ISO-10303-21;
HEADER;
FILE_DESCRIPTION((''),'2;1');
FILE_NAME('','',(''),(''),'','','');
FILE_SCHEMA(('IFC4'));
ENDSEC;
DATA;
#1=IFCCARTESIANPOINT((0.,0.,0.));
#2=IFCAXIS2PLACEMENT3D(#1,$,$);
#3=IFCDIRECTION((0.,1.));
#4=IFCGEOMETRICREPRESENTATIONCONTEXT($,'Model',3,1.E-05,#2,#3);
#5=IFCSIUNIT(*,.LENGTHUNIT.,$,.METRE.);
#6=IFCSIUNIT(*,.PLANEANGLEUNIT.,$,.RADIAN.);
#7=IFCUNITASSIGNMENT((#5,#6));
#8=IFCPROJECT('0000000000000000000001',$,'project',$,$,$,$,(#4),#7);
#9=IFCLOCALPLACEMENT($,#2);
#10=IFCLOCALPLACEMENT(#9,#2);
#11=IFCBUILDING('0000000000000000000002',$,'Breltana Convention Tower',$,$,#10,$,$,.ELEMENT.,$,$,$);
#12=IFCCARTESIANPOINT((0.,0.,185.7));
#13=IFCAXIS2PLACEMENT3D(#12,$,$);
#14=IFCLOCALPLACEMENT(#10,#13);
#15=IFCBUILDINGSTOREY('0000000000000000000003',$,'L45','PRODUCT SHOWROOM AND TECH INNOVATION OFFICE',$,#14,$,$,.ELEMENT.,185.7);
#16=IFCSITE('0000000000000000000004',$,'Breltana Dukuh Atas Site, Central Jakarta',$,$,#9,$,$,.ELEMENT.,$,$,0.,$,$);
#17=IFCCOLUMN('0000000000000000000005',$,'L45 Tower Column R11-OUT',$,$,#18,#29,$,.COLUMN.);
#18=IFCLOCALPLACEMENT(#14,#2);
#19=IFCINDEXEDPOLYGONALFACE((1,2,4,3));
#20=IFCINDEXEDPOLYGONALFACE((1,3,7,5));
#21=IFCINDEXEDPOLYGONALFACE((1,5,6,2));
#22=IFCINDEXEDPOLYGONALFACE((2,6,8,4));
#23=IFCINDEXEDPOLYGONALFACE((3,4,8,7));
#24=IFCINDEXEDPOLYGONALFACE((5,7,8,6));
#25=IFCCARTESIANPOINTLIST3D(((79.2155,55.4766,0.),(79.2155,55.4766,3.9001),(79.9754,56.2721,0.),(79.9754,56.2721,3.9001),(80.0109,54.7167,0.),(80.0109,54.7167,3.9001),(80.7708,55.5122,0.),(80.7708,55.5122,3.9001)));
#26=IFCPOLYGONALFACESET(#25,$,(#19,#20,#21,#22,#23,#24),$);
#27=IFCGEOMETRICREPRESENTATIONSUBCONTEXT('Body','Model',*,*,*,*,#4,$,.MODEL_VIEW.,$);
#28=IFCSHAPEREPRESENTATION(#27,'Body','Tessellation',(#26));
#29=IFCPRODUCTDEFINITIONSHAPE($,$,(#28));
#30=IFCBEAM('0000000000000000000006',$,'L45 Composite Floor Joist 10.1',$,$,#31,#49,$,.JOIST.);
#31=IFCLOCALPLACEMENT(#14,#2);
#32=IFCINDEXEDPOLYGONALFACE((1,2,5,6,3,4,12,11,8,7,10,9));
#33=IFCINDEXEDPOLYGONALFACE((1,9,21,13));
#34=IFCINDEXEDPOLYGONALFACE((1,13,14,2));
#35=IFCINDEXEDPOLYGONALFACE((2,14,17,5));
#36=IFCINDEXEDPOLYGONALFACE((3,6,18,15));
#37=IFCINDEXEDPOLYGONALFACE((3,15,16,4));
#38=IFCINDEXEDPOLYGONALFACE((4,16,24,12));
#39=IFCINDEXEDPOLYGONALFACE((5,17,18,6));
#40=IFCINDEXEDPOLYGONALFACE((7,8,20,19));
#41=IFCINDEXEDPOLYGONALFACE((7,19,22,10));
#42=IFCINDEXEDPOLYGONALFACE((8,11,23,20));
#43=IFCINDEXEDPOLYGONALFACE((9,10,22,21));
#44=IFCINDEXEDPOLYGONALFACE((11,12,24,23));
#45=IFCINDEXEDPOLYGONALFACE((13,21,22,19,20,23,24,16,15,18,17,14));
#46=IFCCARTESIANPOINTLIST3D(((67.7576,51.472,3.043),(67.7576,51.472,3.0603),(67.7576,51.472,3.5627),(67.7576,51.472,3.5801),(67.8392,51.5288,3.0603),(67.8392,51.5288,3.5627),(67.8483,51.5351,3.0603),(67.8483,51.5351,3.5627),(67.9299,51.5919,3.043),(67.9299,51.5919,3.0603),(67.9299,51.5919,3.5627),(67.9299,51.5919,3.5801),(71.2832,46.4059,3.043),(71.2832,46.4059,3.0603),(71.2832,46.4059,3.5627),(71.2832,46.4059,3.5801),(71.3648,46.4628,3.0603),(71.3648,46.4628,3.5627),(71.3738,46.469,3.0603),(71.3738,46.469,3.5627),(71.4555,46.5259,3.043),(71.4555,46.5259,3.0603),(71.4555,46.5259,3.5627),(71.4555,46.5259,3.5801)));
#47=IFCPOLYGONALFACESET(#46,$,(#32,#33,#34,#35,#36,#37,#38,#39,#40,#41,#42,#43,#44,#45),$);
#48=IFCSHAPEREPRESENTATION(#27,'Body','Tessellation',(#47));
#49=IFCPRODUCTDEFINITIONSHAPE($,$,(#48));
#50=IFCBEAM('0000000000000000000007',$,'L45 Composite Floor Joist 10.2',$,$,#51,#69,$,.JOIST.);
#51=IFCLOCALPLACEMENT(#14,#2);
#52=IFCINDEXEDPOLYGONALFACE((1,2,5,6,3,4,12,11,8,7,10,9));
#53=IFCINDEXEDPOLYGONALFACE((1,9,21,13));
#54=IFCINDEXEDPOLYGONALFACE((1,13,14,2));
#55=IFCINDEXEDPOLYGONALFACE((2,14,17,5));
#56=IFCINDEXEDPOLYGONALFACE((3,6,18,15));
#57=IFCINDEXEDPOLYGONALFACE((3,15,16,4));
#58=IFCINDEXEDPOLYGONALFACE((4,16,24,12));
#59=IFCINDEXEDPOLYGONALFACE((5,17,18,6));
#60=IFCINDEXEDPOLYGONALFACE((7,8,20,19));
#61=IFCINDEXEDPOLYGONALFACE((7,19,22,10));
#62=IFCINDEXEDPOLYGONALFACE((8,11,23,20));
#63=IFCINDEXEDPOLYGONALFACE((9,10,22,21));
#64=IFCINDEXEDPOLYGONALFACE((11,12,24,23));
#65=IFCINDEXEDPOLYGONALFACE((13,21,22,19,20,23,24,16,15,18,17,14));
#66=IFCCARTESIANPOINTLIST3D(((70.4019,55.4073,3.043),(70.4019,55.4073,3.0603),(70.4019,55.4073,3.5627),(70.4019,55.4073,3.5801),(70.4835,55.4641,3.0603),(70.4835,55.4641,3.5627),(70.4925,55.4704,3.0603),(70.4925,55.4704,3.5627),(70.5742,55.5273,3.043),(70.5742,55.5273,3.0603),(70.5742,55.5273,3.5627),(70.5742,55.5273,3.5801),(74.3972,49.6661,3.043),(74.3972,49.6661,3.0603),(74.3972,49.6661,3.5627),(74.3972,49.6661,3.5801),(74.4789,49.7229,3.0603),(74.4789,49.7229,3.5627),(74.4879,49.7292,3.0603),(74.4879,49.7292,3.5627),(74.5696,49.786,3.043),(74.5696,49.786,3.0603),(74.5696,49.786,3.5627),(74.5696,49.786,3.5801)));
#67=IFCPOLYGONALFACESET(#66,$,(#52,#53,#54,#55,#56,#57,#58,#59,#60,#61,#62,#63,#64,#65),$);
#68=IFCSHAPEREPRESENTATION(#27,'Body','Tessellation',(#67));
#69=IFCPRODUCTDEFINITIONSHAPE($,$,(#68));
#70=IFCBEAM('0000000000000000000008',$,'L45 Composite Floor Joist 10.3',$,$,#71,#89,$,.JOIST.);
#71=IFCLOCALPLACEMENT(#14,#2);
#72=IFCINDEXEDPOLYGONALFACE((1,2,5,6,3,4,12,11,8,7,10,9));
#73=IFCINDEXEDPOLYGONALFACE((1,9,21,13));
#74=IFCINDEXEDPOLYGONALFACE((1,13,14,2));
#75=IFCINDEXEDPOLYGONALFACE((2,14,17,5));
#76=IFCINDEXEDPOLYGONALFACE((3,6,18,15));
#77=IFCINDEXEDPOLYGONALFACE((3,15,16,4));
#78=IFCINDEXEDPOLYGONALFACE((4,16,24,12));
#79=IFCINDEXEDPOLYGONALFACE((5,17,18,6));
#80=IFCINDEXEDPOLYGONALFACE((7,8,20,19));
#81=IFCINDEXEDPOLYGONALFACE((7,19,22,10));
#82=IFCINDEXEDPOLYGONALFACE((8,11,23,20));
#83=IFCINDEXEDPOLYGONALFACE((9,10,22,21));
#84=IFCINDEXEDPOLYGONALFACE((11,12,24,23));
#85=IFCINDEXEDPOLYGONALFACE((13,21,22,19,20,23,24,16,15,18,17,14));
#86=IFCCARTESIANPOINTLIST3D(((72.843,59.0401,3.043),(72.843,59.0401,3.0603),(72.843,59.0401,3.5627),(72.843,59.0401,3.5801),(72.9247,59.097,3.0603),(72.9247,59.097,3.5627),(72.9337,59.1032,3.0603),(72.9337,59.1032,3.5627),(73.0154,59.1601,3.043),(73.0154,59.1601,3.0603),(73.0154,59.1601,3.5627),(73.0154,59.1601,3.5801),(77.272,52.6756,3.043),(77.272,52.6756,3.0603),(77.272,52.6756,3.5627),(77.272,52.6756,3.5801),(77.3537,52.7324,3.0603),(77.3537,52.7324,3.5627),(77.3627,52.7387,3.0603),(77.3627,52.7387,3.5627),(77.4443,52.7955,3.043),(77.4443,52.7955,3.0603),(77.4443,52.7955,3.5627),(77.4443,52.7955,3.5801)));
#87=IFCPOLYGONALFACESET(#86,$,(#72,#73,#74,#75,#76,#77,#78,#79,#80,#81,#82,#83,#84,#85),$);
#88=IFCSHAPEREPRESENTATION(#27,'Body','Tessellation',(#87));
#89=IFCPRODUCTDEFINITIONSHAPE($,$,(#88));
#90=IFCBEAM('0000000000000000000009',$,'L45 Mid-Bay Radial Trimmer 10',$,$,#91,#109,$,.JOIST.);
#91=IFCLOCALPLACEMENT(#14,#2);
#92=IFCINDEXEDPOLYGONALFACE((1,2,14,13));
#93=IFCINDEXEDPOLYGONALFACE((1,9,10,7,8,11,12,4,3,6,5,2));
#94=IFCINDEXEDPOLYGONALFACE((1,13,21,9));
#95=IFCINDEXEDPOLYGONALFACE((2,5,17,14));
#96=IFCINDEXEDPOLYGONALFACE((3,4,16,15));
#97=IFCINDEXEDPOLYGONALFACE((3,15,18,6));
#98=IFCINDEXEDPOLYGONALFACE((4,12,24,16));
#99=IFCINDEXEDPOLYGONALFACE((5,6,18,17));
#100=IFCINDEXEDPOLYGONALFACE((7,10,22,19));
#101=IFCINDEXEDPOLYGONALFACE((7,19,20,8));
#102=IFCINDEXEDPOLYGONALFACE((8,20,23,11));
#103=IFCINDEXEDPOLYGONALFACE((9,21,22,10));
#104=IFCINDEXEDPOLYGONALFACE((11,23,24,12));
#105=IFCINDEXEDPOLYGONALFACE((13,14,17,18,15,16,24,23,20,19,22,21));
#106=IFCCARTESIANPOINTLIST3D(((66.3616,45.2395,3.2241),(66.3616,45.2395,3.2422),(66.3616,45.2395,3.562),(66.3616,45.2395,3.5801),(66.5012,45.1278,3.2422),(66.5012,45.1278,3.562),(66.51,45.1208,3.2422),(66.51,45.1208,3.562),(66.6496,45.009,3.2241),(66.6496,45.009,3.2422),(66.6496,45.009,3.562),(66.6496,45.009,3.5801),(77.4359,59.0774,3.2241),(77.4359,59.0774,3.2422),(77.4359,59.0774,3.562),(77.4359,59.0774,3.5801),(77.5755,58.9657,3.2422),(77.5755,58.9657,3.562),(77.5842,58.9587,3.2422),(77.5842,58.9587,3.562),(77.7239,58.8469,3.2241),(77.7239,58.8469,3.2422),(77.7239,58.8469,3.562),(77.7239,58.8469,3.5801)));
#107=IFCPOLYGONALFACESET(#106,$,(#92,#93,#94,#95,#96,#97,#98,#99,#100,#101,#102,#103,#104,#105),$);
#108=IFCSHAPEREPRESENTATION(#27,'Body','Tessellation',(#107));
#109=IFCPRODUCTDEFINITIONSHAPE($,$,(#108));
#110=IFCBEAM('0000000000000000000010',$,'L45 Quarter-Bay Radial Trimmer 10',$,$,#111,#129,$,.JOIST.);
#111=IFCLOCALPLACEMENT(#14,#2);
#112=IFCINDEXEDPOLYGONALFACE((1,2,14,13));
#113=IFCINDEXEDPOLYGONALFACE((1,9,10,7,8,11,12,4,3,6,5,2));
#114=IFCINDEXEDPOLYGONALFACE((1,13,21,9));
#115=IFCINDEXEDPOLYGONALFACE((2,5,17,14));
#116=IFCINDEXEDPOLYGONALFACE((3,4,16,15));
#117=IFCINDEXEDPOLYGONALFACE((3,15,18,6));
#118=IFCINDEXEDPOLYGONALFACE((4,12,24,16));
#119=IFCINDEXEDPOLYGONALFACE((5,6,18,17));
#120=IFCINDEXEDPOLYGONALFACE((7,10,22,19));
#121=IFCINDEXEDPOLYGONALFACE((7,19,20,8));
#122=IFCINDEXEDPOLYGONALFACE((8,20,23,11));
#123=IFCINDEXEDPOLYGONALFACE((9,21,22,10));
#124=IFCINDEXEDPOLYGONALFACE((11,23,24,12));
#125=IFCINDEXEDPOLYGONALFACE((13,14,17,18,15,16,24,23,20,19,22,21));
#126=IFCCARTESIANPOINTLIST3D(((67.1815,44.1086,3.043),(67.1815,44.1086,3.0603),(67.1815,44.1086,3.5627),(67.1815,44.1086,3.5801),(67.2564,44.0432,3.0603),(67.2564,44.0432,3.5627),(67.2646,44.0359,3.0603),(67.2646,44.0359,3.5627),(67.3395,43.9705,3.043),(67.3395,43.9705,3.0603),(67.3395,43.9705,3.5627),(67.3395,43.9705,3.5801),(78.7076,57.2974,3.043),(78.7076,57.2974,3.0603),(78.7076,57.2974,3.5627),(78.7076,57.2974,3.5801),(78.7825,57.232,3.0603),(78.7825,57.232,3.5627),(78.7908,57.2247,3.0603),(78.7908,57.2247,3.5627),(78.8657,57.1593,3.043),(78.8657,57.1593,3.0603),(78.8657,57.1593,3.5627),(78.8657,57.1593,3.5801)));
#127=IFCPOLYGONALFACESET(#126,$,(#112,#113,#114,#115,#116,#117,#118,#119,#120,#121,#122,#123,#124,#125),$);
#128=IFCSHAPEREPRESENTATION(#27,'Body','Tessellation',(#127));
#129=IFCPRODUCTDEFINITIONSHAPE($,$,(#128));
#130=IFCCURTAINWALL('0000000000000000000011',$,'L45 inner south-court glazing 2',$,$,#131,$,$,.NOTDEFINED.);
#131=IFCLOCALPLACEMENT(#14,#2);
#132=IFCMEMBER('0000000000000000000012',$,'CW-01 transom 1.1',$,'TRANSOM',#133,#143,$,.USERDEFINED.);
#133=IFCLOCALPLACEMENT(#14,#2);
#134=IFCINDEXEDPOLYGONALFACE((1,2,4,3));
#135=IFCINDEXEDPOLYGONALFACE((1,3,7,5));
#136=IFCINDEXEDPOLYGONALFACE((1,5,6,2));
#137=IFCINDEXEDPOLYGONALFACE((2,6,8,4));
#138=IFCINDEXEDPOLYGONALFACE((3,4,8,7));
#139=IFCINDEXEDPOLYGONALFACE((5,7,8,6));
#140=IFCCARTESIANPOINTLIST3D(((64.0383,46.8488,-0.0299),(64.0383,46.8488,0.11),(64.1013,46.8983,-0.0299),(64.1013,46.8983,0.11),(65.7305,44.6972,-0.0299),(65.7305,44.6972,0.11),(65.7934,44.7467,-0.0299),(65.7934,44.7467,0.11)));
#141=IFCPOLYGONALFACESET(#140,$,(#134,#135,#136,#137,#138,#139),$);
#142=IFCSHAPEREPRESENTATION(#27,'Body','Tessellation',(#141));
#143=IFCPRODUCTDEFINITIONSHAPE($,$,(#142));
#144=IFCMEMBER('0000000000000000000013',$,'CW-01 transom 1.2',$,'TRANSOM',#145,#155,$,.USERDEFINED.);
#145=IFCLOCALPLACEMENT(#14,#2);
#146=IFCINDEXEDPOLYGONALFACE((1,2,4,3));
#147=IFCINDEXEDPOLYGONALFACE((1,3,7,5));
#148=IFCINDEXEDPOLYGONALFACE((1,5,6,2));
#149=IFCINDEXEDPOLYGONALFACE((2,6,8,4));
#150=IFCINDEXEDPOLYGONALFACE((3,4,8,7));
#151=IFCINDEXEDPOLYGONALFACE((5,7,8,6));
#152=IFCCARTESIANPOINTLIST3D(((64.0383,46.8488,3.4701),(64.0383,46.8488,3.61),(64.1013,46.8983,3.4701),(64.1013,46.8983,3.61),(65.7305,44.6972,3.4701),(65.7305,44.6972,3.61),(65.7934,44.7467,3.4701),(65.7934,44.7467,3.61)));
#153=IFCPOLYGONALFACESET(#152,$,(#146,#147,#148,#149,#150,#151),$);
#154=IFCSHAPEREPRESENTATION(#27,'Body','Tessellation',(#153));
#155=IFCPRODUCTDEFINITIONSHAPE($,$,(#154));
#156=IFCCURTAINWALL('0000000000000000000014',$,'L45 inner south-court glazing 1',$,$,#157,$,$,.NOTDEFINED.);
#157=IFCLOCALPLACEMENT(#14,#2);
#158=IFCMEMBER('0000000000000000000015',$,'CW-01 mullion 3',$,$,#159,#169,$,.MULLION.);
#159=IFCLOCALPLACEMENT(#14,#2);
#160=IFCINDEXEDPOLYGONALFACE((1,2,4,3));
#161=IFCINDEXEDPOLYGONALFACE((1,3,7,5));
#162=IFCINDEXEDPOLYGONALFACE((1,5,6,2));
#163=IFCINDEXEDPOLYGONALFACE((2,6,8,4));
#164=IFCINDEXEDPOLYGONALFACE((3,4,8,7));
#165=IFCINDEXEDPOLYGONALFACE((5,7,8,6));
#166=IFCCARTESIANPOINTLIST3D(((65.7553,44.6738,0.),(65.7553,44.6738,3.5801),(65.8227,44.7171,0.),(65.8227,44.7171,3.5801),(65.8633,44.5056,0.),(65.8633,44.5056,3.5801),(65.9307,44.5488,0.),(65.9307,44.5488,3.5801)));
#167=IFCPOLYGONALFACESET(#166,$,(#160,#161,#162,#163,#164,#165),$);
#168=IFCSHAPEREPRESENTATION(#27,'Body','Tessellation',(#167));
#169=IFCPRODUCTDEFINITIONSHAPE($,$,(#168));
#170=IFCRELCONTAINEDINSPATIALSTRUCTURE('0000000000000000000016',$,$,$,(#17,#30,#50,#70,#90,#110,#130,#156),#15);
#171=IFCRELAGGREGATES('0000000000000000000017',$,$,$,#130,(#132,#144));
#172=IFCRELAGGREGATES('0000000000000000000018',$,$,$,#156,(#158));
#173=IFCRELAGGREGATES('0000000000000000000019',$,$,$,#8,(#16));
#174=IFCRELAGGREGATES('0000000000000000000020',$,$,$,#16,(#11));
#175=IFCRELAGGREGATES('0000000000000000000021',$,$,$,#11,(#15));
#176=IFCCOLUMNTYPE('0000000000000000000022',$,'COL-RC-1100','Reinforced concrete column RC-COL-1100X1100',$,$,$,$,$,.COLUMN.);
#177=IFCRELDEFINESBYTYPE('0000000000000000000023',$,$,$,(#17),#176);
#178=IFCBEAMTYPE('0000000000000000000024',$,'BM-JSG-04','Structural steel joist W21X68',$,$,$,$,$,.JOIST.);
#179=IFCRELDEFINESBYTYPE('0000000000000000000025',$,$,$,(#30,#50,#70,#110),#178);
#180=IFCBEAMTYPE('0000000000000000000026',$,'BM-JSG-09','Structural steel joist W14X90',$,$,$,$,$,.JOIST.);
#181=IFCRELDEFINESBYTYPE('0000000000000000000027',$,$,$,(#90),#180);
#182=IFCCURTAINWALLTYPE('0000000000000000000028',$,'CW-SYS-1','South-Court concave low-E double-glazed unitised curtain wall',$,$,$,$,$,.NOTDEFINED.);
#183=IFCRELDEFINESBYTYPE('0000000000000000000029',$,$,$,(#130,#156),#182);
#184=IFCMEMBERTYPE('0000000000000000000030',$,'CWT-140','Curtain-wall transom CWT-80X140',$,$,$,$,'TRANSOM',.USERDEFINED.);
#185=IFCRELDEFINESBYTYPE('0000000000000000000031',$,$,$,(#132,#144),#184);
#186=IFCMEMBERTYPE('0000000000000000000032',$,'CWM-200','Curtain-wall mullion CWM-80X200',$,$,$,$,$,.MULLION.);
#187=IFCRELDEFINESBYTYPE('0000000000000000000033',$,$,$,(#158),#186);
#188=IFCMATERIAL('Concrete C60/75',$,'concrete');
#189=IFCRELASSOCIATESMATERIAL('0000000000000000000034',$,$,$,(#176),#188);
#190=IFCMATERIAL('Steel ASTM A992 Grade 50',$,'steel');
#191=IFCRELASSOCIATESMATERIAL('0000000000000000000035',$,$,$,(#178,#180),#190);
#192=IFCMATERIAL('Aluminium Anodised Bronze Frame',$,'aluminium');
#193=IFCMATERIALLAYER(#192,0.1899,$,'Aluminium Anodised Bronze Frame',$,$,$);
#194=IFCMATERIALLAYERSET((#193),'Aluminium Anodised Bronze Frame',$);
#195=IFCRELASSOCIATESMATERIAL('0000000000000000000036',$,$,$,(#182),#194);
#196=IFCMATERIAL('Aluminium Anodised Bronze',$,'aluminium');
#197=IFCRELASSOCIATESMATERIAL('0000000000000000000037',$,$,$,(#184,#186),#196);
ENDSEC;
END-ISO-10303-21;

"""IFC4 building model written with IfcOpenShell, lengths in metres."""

from ifc_helpers import new_model, si_unit, direction, frame, origin, origin_2d, place, context, subcontext, project, spatial, rectangle, i_section, extrude, source, transform, mapped, material, layer, layer_set, material_profile, profile_set, type_object, element, aggregate, save


model = new_model("IFC4")

# Units and contexts
model_context = context("Model", 3, precision=1e-05, world=origin(), true_north=direction((0.0, 1.0)))
body_context = subcontext(model_context, "Body", "Model", "MODEL_VIEW")
ifc_project = project(units=[si_unit("LENGTHUNIT", "METRE"), si_unit("PLANEANGLEUNIT", "RADIAN")], contexts=[model_context])

# Site, building, storey
site_placement = place(None, origin())
site = spatial("IfcSite", under=ifc_project, at=site_placement, Name="Breltana Dukuh Atas Site, Central Jakarta", CompositionType="ELEMENT", RefElevation=0.0)
building_placement = place(site_placement, origin())
building = spatial("IfcBuilding", under=site, at=building_placement, Name="Breltana Convention Tower", CompositionType="ELEMENT")
storey_placement = place(building_placement, frame((0.0, 0.0, 185.7)))
storey = spatial("IfcBuildingStorey", under=building, at=storey_placement, Name="L45", Description="PRODUCT SHOWROOM AND TECH INNOVATION OFFICE", CompositionType="ELEMENT", Elevation=185.7)

# Column
ifc_material_1 = material(Name="Concrete C60/75", Category="concrete")
ifc_material_profile_1 = material_profile(ifc_material_1, rectangle(XDim=1.1001, YDim=1.1001, at=origin_2d()), Name="RC-COL-1100X1100")
ifc_profile_set_1 = profile_set([ifc_material_profile_1], Name="Concrete C60/75")
column_type = type_object("IfcColumnType", Name="COL-RC-1100", Description="Reinforced concrete column RC-COL-1100X1100", PredefinedType="COLUMN", material=ifc_profile_set_1)
shared_shape_1 = source(origin(), body_context, "Body", "SweptSolid", [
    extrude(rectangle(XDim=1.1001, YDim=1.1001, at=origin_2d()), origin(), (0.0, 0.0, 1.0), 3.9001),
])
column_placement = place(storey_placement, frame((79.9932, 55.4944, 0.0), z_axis=(0.0, 0.0, 1.0), x_axis=(0.690756, 0.723088, 0.0)))
element("IfcColumn", 1, at=column_placement, inside=storey, type_object=column_type, Name="L45 Tower Column R11-OUT", PredefinedType="COLUMN", context=body_context, shape_type="MappedRepresentation", body=[
    mapped(shared_shape_1, transform((0.0, 0.0, 0.0), scale=1.0)),
])

# Beams
ifc_material_2 = material(Name="Steel ASTM A992 Grade 50", Category="steel")
ifc_material_profile_2 = material_profile(ifc_material_2, i_section(OverallWidth=0.21, OverallDepth=0.5371, WebThickness=0.011, FlangeThickness=0.0173, at=origin_2d()), Name="W21X68")
ifc_profile_set_2 = profile_set([ifc_material_profile_2], Name="Steel ASTM A992 Grade 50")
beam_type_1 = type_object("IfcBeamType", Name="BM-JSG-04", Description="Structural steel joist W21X68", PredefinedType="JOIST", material=ifc_profile_set_2)
shared_shape_2 = source(origin(), body_context, "Body", "SweptSolid", [
    extrude(i_section(OverallWidth=0.21, OverallDepth=0.5371, WebThickness=0.011, FlangeThickness=0.0173, at=origin_2d()), origin(), (0.0, 0.0, 1.0), 6.1721),
])
beam_1_placement = place(storey_placement, frame((67.8438, 51.532, 3.3115), z_axis=(0.571212, -0.820803, 0.0), x_axis=(0.820803, 0.571212, 0.0)))
element("IfcBeam", 2, at=beam_1_placement, inside=storey, type_object=beam_type_1, Name="L45 Composite Floor Joist 10.1", PredefinedType="JOIST", context=body_context, shape_type="MappedRepresentation", body=[
    mapped(shared_shape_2, transform((0.0, 0.0, 0.0), scale=1.0)),
])
shared_shape_3 = source(origin(), body_context, "Body", "SweptSolid", [
    extrude(i_section(OverallWidth=0.21, OverallDepth=0.5371, WebThickness=0.011, FlangeThickness=0.0173, at=origin_2d()), origin(), (0.0, 0.0, 1.0), 6.9946),
])
beam_2_placement = place(storey_placement, frame((70.488, 55.4673, 3.3115), z_axis=(0.571207, -0.820806, 0.0), x_axis=(0.820806, 0.571207, 0.0)))
element("IfcBeam", 3, at=beam_2_placement, inside=storey, type_object=beam_type_1, Name="L45 Composite Floor Joist 10.2", PredefinedType="JOIST", context=body_context, shape_type="MappedRepresentation", body=[
    mapped(shared_shape_3, transform((0.0, 0.0, 0.0), scale=1.0)),
])
shared_shape_4 = source(origin(), body_context, "Body", "SweptSolid", [
    extrude(i_section(OverallWidth=0.21, OverallDepth=0.5371, WebThickness=0.011, FlangeThickness=0.0173, at=origin_2d()), origin(), (0.0, 0.0, 1.0), 7.7539),
])
beam_3_placement = place(storey_placement, frame((72.9292, 59.1001, 3.3115), z_axis=(0.571193, -0.820816, 0.0), x_axis=(0.820816, 0.571193, 0.0)))
element("IfcBeam", 4, at=beam_3_placement, inside=storey, type_object=beam_type_1, Name="L45 Composite Floor Joist 10.3", PredefinedType="JOIST", context=body_context, shape_type="MappedRepresentation", body=[
    mapped(shared_shape_4, transform((0.0, 0.0, 0.0), scale=1.0)),
])
ifc_material_profile_3 = material_profile(ifc_material_2, i_section(OverallWidth=0.3689, OverallDepth=0.356, WebThickness=0.0112, FlangeThickness=0.0181, at=origin_2d()), Name="W14X90")
ifc_profile_set_3 = profile_set([ifc_material_profile_3], Name="Steel ASTM A992 Grade 50")
beam_type_2 = type_object("IfcBeamType", Name="BM-JSG-09", Description="Structural steel joist W14X90", PredefinedType="JOIST", material=ifc_profile_set_3)
shared_shape_5 = source(origin(), body_context, "Body", "SweptSolid", [
    extrude(i_section(OverallWidth=0.3689, OverallDepth=0.356, WebThickness=0.0112, FlangeThickness=0.0181, at=origin_2d()), origin(), (0.0, 0.0, 1.0), 17.7236),
])
beam_4_placement = place(storey_placement, frame((66.5056, 45.1243, 3.4021), z_axis=(0.624829, 0.780761, 0.0), x_axis=(-0.780761, 0.624829, 0.0)))
element("IfcBeam", 5, at=beam_4_placement, inside=storey, type_object=beam_type_2, Name="L45 Mid-Bay Radial Trimmer 10", PredefinedType="JOIST", context=body_context, shape_type="MappedRepresentation", body=[
    mapped(shared_shape_5, transform((0.0, 0.0, 0.0), scale=1.0)),
])
shared_shape_6 = source(origin(), body_context, "Body", "SweptSolid", [
    extrude(i_section(OverallWidth=0.21, OverallDepth=0.5371, WebThickness=0.011, FlangeThickness=0.0173, at=origin_2d()), origin(), (0.0, 0.0, 1.0), 17.5156),
])
beam_5_placement = place(storey_placement, frame((67.2605, 44.0396, 3.3115), z_axis=(0.658052, 0.752973, 0.0), x_axis=(-0.752973, 0.658052, 0.0)))
element("IfcBeam", 6, at=beam_5_placement, inside=storey, type_object=beam_type_1, Name="L45 Quarter-Bay Radial Trimmer 10", PredefinedType="JOIST", context=body_context, shape_type="MappedRepresentation", body=[
    mapped(shared_shape_6, transform((0.0, 0.0, 0.0), scale=1.0)),
])

# Curtain wall, members
ifc_material_3 = material(Name="Aluminium Anodised Bronze Frame", Category="aluminium")
ifc_layer_1 = layer(ifc_material_3, 0.1899, Name="Aluminium Anodised Bronze Frame")
ifc_layer_set_1 = layer_set([ifc_layer_1], Name="Aluminium Anodised Bronze Frame")
curtain_wall_type_1 = type_object("IfcCurtainWallType", Name="CW-SYS-1", Description="South-Court concave low-E double-glazed unitised curtain wall", PredefinedType="NOTDEFINED", material=ifc_layer_set_1)
curtain_wall_1_placement = place(storey_placement, origin())
curtain_wall_1 = element("IfcCurtainWall", 7, at=curtain_wall_1_placement, inside=storey, type_object=curtain_wall_type_1, Name="L45 inner south-court glazing 2", PredefinedType="NOTDEFINED")
ifc_material_4 = material(Name="Aluminium Anodised Bronze", Category="aluminium")
ifc_material_profile_4 = material_profile(ifc_material_4, rectangle(XDim=0.0801, YDim=0.1399, at=origin_2d()), Name="CWT-80X140")
ifc_profile_set_4 = profile_set([ifc_material_profile_4], Name="Aluminium Anodised Bronze")
member_type_1 = type_object("IfcMemberType", Name="CWT-140", Description="Curtain-wall transom CWT-80X140", ElementType="TRANSOM", PredefinedType="USERDEFINED", material=ifc_profile_set_4)
shared_shape_7 = source(origin(), body_context, "Body", "SweptSolid", [
    extrude(rectangle(XDim=0.0801, YDim=0.1399, at=origin_2d()), origin(), (0.0, 0.0, 1.0), 2.7373),
])
member_1_placement = place(storey_placement, frame((65.762, 44.7219, 0.04), z_axis=(-0.61818, 0.786037, 0.0), x_axis=(-0.786037, -0.61818, 0.0)))
member_1 = element("IfcMember", 8, at=member_1_placement, type_object=member_type_1, Name="CW-01 transom 1.1", ObjectType="TRANSOM", PredefinedType="USERDEFINED", context=body_context, shape_type="MappedRepresentation", body=[
    mapped(shared_shape_7, transform((0.0, 0.0, 0.0), scale=1.0)),
])
member_2_placement = place(storey_placement, frame((65.762, 44.7219, 3.54), z_axis=(-0.61818, 0.786037, 0.0), x_axis=(-0.786037, -0.61818, 0.0)))
member_2 = element("IfcMember", 9, at=member_2_placement, type_object=member_type_1, Name="CW-01 transom 1.2", ObjectType="TRANSOM", PredefinedType="USERDEFINED", context=body_context, shape_type="MappedRepresentation", body=[
    mapped(shared_shape_7, transform((0.0, 0.0, 0.0), scale=1.0)),
])

# Curtain wall, member
curtain_wall_2_placement = place(storey_placement, origin())
curtain_wall_2 = element("IfcCurtainWall", 10, at=curtain_wall_2_placement, inside=storey, type_object=curtain_wall_type_1, Name="L45 inner south-court glazing 1", PredefinedType="NOTDEFINED")
ifc_material_profile_5 = material_profile(ifc_material_4, rectangle(XDim=0.0801, YDim=0.2, at=origin_2d()), Name="CWM-80X200")
ifc_profile_set_5 = profile_set([ifc_material_profile_5], Name="Aluminium Anodised Bronze")
member_type_2 = type_object("IfcMemberType", Name="CWM-200", Description="Curtain-wall mullion CWM-80X200", PredefinedType="MULLION", material=ifc_profile_set_5)
shared_shape_8 = source(origin(), body_context, "Body", "SweptSolid", [
    extrude(rectangle(XDim=0.0801, YDim=0.2, at=origin_2d()), origin(), (0.0, 0.0, 1.0), 3.5801),
])
member_3_placement = place(storey_placement, frame((65.843, 44.6113, 0.0), z_axis=(0.0, 0.0, 1.0), x_axis=(-0.841547, -0.540184, 0.0)))
member_3 = element("IfcMember", 11, at=member_3_placement, type_object=member_type_2, Name="CW-01 mullion 3", PredefinedType="MULLION", context=body_context, shape_type="MappedRepresentation", body=[
    mapped(shared_shape_8, transform((0.0, 0.0, 0.0), scale=1.0)),
])

aggregate(curtain_wall_1, [member_1, member_2])

aggregate(curtain_wall_2, [member_3])

save(model, "model.ifc")
